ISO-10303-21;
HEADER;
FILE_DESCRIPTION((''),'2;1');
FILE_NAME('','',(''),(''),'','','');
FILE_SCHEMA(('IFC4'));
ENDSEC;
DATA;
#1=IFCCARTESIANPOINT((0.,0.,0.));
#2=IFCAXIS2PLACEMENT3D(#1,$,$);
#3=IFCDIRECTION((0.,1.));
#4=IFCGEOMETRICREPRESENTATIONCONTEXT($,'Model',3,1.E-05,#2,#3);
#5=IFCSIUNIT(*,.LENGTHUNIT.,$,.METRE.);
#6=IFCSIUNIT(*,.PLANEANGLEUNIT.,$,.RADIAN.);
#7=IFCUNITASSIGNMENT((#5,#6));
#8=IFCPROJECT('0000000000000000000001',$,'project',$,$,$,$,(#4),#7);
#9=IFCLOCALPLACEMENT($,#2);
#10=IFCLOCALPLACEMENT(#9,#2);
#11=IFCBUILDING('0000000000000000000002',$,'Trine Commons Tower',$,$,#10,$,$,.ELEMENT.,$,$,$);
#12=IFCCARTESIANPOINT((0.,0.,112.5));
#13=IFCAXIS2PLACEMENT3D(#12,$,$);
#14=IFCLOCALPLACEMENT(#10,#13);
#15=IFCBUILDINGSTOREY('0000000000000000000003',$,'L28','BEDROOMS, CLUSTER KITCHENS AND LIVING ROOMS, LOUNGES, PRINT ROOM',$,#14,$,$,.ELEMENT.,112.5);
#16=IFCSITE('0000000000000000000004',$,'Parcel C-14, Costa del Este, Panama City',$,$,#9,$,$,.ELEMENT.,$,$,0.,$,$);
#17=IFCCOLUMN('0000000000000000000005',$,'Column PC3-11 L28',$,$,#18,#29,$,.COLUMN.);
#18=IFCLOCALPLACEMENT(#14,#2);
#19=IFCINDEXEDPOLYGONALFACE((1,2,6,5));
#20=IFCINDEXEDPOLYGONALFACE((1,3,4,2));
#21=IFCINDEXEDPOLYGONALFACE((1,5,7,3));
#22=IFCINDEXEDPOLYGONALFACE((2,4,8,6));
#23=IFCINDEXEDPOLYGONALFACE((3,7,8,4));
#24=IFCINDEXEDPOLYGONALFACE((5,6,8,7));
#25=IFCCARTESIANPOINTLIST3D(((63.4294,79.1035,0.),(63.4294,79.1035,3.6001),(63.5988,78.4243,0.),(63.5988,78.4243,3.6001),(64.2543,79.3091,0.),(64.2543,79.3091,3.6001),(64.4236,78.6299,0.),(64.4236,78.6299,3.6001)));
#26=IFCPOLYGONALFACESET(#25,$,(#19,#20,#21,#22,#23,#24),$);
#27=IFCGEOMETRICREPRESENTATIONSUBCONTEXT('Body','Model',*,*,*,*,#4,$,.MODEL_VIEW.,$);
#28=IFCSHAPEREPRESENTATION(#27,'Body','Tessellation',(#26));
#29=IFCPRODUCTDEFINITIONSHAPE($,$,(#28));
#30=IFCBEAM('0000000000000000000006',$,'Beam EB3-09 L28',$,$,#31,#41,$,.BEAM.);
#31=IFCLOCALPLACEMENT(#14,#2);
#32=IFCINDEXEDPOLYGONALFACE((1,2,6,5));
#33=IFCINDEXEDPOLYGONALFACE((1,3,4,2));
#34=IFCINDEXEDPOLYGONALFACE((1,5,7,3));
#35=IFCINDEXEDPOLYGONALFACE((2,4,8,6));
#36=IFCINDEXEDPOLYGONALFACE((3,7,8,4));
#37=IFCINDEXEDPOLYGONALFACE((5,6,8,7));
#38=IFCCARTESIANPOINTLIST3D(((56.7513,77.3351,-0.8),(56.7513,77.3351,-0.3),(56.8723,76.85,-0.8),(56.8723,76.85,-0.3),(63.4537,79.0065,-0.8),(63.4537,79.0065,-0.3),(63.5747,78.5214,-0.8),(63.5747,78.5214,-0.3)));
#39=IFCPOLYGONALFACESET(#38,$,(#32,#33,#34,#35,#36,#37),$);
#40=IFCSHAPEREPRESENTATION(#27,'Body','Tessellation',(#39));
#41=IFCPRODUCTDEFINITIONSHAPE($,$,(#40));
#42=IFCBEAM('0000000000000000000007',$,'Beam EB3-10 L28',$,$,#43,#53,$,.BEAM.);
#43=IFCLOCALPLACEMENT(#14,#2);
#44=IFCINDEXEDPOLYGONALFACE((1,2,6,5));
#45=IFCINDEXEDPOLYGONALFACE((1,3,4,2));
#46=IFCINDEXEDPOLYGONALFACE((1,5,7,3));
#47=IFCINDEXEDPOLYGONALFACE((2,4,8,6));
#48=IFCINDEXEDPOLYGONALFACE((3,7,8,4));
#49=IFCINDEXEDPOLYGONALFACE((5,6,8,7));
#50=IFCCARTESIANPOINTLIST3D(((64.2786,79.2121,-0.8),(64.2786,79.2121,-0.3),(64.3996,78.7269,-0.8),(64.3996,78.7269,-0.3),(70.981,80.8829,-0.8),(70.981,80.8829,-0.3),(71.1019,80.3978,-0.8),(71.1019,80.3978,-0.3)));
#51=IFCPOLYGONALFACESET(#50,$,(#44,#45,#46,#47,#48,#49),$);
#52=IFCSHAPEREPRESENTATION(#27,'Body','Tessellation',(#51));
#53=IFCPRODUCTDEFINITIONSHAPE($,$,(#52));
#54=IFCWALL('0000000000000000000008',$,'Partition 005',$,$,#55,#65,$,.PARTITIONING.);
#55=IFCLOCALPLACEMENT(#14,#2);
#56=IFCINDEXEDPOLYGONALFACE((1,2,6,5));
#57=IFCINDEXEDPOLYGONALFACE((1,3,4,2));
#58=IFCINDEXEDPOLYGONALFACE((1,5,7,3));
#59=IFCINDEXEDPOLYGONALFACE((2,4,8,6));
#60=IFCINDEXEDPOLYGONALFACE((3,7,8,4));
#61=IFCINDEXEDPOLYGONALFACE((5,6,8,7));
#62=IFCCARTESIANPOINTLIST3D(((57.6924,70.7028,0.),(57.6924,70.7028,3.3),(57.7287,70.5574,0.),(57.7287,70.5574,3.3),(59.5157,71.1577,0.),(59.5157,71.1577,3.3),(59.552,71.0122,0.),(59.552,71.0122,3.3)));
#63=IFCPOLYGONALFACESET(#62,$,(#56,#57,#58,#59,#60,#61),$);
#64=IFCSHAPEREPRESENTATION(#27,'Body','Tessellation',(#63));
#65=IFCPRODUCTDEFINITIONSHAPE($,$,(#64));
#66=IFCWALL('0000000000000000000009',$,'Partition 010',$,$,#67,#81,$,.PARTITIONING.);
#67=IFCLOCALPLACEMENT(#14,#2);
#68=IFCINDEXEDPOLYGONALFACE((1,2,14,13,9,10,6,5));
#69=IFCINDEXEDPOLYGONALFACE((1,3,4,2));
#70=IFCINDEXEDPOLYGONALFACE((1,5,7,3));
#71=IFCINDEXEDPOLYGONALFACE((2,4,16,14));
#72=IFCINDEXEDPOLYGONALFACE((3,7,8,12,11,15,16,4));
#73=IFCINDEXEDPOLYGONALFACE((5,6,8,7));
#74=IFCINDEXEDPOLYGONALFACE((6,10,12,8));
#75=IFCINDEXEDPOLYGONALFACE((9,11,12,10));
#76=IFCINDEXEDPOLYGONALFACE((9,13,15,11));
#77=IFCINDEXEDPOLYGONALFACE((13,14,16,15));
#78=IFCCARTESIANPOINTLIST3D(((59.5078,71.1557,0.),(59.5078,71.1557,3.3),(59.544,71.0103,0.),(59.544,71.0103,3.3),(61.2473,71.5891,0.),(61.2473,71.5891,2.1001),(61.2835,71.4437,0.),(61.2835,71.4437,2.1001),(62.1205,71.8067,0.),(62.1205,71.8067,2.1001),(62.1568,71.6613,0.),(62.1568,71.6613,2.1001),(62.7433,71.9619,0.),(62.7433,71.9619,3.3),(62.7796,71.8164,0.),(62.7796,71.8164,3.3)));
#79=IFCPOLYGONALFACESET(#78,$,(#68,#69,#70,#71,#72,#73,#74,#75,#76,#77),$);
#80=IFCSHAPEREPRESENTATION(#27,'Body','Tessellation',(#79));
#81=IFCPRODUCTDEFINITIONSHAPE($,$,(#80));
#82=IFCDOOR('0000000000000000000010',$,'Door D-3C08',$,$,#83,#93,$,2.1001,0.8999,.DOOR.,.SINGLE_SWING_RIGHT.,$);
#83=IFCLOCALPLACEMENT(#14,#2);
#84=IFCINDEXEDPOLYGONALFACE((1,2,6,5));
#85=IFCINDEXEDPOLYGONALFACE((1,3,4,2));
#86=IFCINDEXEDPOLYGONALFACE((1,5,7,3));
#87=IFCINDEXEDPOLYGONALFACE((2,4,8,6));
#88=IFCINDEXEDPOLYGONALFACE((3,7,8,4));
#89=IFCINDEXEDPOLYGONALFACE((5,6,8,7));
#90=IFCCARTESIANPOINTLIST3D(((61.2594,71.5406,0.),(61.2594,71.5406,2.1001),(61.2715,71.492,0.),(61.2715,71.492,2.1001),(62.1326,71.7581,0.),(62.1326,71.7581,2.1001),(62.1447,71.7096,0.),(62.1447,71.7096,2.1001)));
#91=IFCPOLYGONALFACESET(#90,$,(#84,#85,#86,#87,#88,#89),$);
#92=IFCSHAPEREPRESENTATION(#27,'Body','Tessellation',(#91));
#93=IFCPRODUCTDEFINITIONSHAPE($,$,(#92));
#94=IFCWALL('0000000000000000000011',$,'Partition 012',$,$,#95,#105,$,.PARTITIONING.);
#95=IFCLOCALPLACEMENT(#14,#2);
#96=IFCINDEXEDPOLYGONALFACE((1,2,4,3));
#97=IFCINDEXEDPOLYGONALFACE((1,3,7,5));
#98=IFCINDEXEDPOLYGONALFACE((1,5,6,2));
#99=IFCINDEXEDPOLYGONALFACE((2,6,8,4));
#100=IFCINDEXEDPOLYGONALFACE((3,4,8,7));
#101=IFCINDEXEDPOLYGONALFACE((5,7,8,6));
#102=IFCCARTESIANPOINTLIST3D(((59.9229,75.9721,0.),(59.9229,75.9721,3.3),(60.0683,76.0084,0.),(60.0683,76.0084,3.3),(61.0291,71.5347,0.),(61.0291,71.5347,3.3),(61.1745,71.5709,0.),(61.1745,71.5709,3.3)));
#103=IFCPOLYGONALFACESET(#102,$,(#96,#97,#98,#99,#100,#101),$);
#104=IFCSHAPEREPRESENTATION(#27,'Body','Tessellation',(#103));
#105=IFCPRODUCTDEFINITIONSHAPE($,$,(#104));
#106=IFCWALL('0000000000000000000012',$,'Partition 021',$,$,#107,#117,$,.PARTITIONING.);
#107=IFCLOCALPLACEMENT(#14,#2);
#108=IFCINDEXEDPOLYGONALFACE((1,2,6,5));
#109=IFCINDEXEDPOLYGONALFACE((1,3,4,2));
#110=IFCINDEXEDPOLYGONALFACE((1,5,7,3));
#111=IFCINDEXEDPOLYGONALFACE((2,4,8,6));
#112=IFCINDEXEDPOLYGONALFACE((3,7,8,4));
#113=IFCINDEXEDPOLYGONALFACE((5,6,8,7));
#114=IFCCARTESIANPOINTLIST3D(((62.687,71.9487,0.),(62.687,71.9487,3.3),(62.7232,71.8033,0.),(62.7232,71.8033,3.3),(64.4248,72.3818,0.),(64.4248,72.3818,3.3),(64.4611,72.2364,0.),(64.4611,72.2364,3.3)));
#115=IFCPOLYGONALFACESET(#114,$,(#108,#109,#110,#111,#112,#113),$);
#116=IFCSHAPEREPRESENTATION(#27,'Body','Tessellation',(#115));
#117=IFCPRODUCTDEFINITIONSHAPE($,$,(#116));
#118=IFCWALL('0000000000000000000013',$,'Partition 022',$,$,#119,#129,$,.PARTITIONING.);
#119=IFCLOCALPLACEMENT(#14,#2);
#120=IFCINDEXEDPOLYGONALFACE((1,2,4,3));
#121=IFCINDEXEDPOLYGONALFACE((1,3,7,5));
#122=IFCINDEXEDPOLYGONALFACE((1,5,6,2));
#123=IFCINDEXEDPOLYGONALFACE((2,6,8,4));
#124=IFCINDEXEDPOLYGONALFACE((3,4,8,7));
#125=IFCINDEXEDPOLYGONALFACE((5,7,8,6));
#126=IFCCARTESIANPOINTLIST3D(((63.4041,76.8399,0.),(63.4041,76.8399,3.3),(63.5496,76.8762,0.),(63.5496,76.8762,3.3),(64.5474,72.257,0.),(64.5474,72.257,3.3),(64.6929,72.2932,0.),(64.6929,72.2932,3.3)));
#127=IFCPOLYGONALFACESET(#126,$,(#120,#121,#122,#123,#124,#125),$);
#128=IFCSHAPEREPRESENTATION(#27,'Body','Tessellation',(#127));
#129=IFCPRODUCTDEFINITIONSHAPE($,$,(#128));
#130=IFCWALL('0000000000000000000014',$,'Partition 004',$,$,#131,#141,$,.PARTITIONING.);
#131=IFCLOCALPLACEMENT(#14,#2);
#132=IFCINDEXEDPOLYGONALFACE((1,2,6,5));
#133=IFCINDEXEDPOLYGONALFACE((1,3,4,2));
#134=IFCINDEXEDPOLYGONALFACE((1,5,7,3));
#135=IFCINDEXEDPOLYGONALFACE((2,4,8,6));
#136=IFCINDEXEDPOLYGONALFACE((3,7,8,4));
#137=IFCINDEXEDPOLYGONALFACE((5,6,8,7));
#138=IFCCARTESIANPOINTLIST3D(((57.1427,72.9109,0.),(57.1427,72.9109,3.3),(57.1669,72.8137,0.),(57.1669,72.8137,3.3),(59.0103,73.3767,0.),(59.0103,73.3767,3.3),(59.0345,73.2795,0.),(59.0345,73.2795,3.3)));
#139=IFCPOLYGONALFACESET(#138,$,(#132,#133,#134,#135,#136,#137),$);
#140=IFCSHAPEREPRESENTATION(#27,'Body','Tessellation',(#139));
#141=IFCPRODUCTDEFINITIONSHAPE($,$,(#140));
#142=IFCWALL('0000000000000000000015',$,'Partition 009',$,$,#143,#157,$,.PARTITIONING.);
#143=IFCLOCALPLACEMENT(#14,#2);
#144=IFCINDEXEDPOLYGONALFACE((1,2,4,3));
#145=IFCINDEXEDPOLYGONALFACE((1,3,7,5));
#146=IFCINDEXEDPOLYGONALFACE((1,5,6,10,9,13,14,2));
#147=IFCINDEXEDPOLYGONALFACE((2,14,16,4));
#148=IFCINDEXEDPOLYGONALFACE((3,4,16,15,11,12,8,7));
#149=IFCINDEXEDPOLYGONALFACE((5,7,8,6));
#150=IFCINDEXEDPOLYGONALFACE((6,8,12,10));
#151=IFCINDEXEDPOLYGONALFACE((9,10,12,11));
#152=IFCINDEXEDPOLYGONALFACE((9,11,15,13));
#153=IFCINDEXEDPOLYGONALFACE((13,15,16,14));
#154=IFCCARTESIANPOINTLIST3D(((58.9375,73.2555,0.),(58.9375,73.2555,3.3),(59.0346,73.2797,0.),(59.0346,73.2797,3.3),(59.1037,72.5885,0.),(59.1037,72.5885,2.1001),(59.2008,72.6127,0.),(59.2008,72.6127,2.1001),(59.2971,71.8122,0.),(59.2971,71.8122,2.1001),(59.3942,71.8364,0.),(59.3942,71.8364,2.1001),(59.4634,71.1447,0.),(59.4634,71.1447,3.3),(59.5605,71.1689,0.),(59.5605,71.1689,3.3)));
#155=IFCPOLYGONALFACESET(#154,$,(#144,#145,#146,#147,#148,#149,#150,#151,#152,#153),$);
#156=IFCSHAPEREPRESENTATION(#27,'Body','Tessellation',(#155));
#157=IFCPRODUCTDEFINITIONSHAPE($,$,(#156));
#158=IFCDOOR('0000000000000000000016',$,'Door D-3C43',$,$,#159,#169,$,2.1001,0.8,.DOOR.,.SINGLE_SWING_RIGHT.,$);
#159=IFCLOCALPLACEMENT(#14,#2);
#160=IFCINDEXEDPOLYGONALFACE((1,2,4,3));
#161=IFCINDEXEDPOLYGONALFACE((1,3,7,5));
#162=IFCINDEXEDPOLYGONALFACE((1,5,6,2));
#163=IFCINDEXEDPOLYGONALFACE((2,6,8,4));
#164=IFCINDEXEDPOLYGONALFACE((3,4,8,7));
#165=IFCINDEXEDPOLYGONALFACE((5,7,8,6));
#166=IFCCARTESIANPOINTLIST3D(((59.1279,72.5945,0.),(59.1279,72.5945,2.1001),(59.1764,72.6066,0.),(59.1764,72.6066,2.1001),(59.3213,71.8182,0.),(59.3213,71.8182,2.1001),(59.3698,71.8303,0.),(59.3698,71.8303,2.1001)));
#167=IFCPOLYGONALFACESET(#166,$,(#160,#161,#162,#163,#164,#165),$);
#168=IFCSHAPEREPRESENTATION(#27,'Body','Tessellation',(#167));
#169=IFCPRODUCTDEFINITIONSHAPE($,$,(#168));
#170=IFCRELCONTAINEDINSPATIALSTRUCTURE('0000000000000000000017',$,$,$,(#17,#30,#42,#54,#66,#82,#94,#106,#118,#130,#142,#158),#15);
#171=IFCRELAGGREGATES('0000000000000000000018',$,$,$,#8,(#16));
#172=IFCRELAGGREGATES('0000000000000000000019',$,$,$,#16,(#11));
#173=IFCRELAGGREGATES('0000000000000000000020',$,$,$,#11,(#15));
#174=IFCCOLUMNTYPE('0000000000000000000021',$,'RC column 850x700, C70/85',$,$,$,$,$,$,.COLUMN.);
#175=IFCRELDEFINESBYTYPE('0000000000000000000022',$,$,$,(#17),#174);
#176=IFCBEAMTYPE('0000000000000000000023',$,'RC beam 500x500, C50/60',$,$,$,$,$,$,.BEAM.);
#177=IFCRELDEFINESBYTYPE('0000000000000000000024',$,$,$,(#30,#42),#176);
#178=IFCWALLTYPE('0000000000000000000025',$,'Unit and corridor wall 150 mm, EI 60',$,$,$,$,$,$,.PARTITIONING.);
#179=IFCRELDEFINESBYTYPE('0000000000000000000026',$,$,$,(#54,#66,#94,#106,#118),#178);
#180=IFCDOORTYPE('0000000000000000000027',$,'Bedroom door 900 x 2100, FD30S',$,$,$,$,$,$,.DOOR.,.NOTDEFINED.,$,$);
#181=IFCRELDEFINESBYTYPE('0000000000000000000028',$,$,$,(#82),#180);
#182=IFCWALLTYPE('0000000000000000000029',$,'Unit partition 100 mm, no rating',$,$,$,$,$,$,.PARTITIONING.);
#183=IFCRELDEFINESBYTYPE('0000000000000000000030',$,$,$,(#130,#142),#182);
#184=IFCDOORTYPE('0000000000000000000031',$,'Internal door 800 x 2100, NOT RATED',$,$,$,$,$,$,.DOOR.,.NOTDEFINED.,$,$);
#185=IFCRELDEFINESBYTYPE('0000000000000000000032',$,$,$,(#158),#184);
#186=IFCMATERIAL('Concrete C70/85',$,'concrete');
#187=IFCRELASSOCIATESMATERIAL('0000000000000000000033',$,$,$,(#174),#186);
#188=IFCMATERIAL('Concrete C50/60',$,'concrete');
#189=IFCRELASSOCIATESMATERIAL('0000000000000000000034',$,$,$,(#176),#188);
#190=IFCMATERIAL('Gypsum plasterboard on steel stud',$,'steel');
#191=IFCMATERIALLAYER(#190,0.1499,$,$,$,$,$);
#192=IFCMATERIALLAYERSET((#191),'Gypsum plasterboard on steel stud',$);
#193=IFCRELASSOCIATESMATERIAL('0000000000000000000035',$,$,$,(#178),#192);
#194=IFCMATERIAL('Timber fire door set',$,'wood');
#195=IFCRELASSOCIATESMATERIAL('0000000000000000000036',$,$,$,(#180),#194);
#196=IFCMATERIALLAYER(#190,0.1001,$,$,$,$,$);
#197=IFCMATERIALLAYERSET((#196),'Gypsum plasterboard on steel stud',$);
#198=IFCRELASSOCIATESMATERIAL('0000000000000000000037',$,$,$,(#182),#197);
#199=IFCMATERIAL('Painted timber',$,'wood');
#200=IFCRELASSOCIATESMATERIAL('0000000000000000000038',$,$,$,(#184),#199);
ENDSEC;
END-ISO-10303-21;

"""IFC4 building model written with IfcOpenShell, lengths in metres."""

from ifc_helpers import new_model, si_unit, direction, frame, frame_2d, origin, origin_2d, place, context, subcontext, project, spatial, rectangle, extrude, material, layer, layer_set, material_profile, profile_set, type_object, element, fill, save


model = new_model("IFC4")

# Units and contexts
model_context = context("Model", 3, precision=1e-05, world=origin(), true_north=direction((0.0, 1.0)))
body_context = subcontext(model_context, "Body", "Model", "MODEL_VIEW")
ifc_project = project(units=[si_unit("LENGTHUNIT", "METRE"), si_unit("PLANEANGLEUNIT", "RADIAN")], contexts=[model_context])

# Site, building, storey
site_placement = place(None, origin())
site = spatial("IfcSite", under=ifc_project, at=site_placement, Name="Parcel C-14, Costa del Este, Panama City", CompositionType="ELEMENT", RefElevation=0.0)
building_placement = place(site_placement, origin())
building = spatial("IfcBuilding", under=site, at=building_placement, Name="Trine Commons Tower", CompositionType="ELEMENT")
storey_placement = place(building_placement, frame((0.0, 0.0, 112.5)))
storey = spatial("IfcBuildingStorey", under=building, at=storey_placement, Name="L28", Description="BEDROOMS, CLUSTER KITCHENS AND LIVING ROOMS, LOUNGES, PRINT ROOM", CompositionType="ELEMENT", Elevation=112.5)

# Column
ifc_material_1 = material(Name="Concrete C70/85", Category="concrete")
ifc_material_profile_1 = material_profile(ifc_material_1, rectangle(XDim=0.8501, YDim=0.7, at=origin_2d()), Name="RC 850x700")
ifc_profile_set_1 = profile_set([ifc_material_profile_1], Name="Concrete C70/85")
column_type = type_object("IfcColumnType", Name="RC column 850x700, C70/85", PredefinedType="COLUMN", material=ifc_profile_set_1)
column_placement = place(storey_placement, frame((63.9265, 78.8667, 0.0), z_axis=(0.0, 0.0, 1.0), x_axis=(0.970296, 0.241922, 0.0)))
element("IfcColumn", 1, at=column_placement, inside=storey, type_object=column_type, Name="Column PC3-11 L28", PredefinedType="COLUMN", context=body_context, shape_type="SweptSolid", body=[
    extrude(rectangle(XDim=0.8501, YDim=0.7, at=origin_2d()), origin(), (0.0, 0.0, 1.0), 3.6001),
])

# Beams
ifc_material_2 = material(Name="Concrete C50/60", Category="concrete")
ifc_material_profile_2 = material_profile(ifc_material_2, rectangle(XDim=0.5, YDim=0.5, at=origin_2d()), Name="RC 500x500")
ifc_profile_set_2 = profile_set([ifc_material_profile_2], Name="Concrete C50/60")
beam_type = type_object("IfcBeamType", Name="RC beam 500x500, C50/60", PredefinedType="BEAM", material=ifc_profile_set_2)
beam_1_placement = place(storey_placement, frame((56.8118, 77.0925, -0.55), z_axis=(0.970286, 0.241962, 0.0), x_axis=(-0.241962, 0.970286, 0.0)))
element("IfcBeam", 2, at=beam_1_placement, inside=storey, type_object=beam_type, Name="Beam EB3-09 L28", PredefinedType="BEAM", context=body_context, shape_type="SweptSolid", body=[
    extrude(rectangle(XDim=0.5, YDim=0.5, at=origin_2d()), origin(), (0.0, 0.0, 1.0), 6.9077),
])
beam_2_placement = place(storey_placement, frame((64.3391, 78.9695, -0.55), z_axis=(0.970302, 0.241895, 0.0), x_axis=(-0.241895, 0.970302, 0.0)))
element("IfcBeam", 3, at=beam_2_placement, inside=storey, type_object=beam_type, Name="Beam EB3-10 L28", PredefinedType="BEAM", context=body_context, shape_type="SweptSolid", body=[
    extrude(rectangle(XDim=0.5, YDim=0.5, at=origin_2d()), origin(), (0.0, 0.0, 1.0), 6.9075),
])

# Wall
ifc_material_3 = material(Name="Gypsum plasterboard on steel stud", Category="steel")
ifc_layer_1 = layer(ifc_material_3, 0.1499)
ifc_layer_set_1 = layer_set([ifc_layer_1], Name="Gypsum plasterboard on steel stud")
wall_type_1 = type_object("IfcWallType", Name="Unit and corridor wall 150 mm, EI 60", PredefinedType="PARTITIONING", material=ifc_layer_set_1)
wall_1_placement = place(storey_placement, frame((57.7107, 70.6301, 0.0), z_axis=(0.0, 0.0, 1.0), x_axis=(0.970265, 0.242046, 0.0)))
element("IfcWall", 4, at=wall_1_placement, inside=storey, type_object=wall_type_1, Name="Partition 005", PredefinedType="PARTITIONING", context=body_context, shape_type="SweptSolid", body=[
    extrude(rectangle(XDim=1.8792, YDim=0.1499, at=frame_2d((0.9395, 0.0))), origin(), (0.0, 0.0, 1.0), 3.3),
])

# Wall, opening, door
wall_2_placement = place(storey_placement, frame((59.5259, 71.083, 0.0), z_axis=(0.0, 0.0, 1.0), x_axis=(0.970336, 0.24176, 0.0)))
wall_2 = element("IfcWall", 5, at=wall_2_placement, inside=storey, type_object=wall_type_1, Name="Partition 010", PredefinedType="PARTITIONING", context=body_context, shape_type="SweptSolid", body=[
    extrude(rectangle(XDim=3.3345, YDim=0.1499, at=frame_2d((1.6672, 0.0))), origin(), (0.0, 0.0, 1.0), 3.3),
])
opening_1_placement = place(wall_2_placement, frame((1.7927, 0.0, 0.0)))
opening_1 = element("IfcOpeningElement", 6, at=opening_1_placement, cuts=wall_2, PredefinedType="OPENING", context=body_context, shape_type="SweptSolid", body=[
    extrude(rectangle(XDim=0.8999, YDim=2.1001, at=frame_2d((0.45, 1.05))), frame((0.0, 0.085, 0.0), z_axis=(0.0, -1.0, 0.0), x_axis=(1.0, 0.0, 0.0)), (0.0, 0.0, 1.0), 0.1699),
])
ifc_material_4 = material(Name="Timber fire door set", Category="wood")
door_type_1 = type_object("IfcDoorType", Name="Bedroom door 900 x 2100, FD30S", OperationType="NOTDEFINED", PredefinedType="DOOR", material=ifc_material_4)
door_1_placement = place(opening_1_placement, origin())
door_1 = element("IfcDoor", 7, at=door_1_placement, inside=storey, type_object=door_type_1, Name="Door D-3C08", OperationType="SINGLE_SWING_RIGHT", OverallHeight=2.1001, OverallWidth=0.8999, PredefinedType="DOOR", context=body_context, shape_type="SweptSolid", body=[
    extrude(rectangle(XDim=0.8999, YDim=2.1001, at=frame_2d((0.45, 1.05))), frame((0.0, 0.0249, 0.0), z_axis=(0.0, -1.0, 0.0), x_axis=(1.0, 0.0, 0.0)), (0.0, 0.0, 1.0), 0.05),
])
fill(opening_1, door_1)

# Walls
wall_3_placement = place(storey_placement, frame((59.9956, 75.9902, 0.0), z_axis=(0.0, 0.0, 1.0), x_axis=(0.241882, -0.970306, 0.0)))
element("IfcWall", 8, at=wall_3_placement, inside=storey, type_object=wall_type_1, Name="Partition 012", PredefinedType="PARTITIONING", context=body_context, shape_type="SweptSolid", body=[
    extrude(rectangle(XDim=4.5732, YDim=0.1499, at=frame_2d((2.2866, 0.0))), origin(), (0.0, 0.0, 1.0), 3.3),
])
wall_4_placement = place(storey_placement, frame((62.7051, 71.876, 0.0), z_axis=(0.0, 0.0, 1.0), x_axis=(0.970319, 0.24183, 0.0)))
element("IfcWall", 9, at=wall_4_placement, inside=storey, type_object=wall_type_1, Name="Partition 021", PredefinedType="PARTITIONING", context=body_context, shape_type="SweptSolid", body=[
    extrude(rectangle(XDim=1.791, YDim=0.1499, at=frame_2d((0.8955, 0.0))), origin(), (0.0, 0.0, 1.0), 3.3),
])
wall_5_placement = place(storey_placement, frame((63.4768, 76.8582, 0.0), z_axis=(0.0, 0.0, 1.0), x_axis=(0.242049, -0.970264, 0.0)))
element("IfcWall", 10, at=wall_5_placement, inside=storey, type_object=wall_type_1, Name="Partition 022", PredefinedType="PARTITIONING", context=body_context, shape_type="SweptSolid", body=[
    extrude(rectangle(XDim=4.7234, YDim=0.1499, at=frame_2d((2.3618, 0.0))), origin(), (0.0, 0.0, 1.0), 3.3),
])
ifc_layer_2 = layer(ifc_material_3, 0.1001)
ifc_layer_set_2 = layer_set([ifc_layer_2], Name="Gypsum plasterboard on steel stud")
wall_type_2 = type_object("IfcWallType", Name="Unit partition 100 mm, no rating", PredefinedType="PARTITIONING", material=ifc_layer_set_2)
wall_6_placement = place(storey_placement, frame((57.1548, 72.8623, 0.0), z_axis=(0.0, 0.0, 1.0), x_axis=(0.970277, 0.241998, 0.0)))
element("IfcWall", 11, at=wall_6_placement, inside=storey, type_object=wall_type_2, Name="Partition 004", PredefinedType="PARTITIONING", context=body_context, shape_type="SweptSolid", body=[
    extrude(rectangle(XDim=1.9248, YDim=0.1001, at=frame_2d((0.9624, 0.0))), origin(), (0.0, 0.0, 1.0), 3.3),
])

# Wall, opening, door
wall_7_placement = place(storey_placement, frame((58.9861, 73.2676, 0.0), z_axis=(0.0, 0.0, 1.0), x_axis=(0.241743, -0.97034, 0.0)))
wall_7 = element("IfcWall", 12, at=wall_7_placement, inside=storey, type_object=wall_type_2, Name="Partition 009", PredefinedType="PARTITIONING", context=body_context, shape_type="SweptSolid", body=[
    extrude(rectangle(XDim=2.1753, YDim=0.1001, at=frame_2d((1.0876, 0.0))), origin(), (0.0, 0.0, 1.0), 3.3),
])
opening_2_placement = place(wall_7_placement, frame((0.6875, 0.0, 0.0)))
opening_2 = element("IfcOpeningElement", 13, at=opening_2_placement, cuts=wall_7, PredefinedType="OPENING", context=body_context, shape_type="SweptSolid", body=[
    extrude(rectangle(XDim=0.8, YDim=2.1001, at=frame_2d((0.3999, 1.05))), frame((0.0, 0.0601, 0.0), z_axis=(0.0, -1.0, 0.0), x_axis=(1.0, 0.0, 0.0)), (0.0, 0.0, 1.0), 0.1201),
])
ifc_material_5 = material(Name="Painted timber", Category="wood")
door_type_2 = type_object("IfcDoorType", Name="Internal door 800 x 2100, NOT RATED", OperationType="NOTDEFINED", PredefinedType="DOOR", material=ifc_material_5)
door_2_placement = place(opening_2_placement, origin())
door_2 = element("IfcDoor", 14, at=door_2_placement, inside=storey, type_object=door_type_2, Name="Door D-3C43", OperationType="SINGLE_SWING_RIGHT", OverallHeight=2.1001, OverallWidth=0.8, PredefinedType="DOOR", context=body_context, shape_type="SweptSolid", body=[
    extrude(rectangle(XDim=0.8, YDim=2.1001, at=frame_2d((0.3999, 1.05))), frame((0.0, 0.0249, 0.0), z_axis=(0.0, -1.0, 0.0), x_axis=(1.0, 0.0, 0.0)), (0.0, 0.0, 1.0), 0.05),
])
fill(opening_2, door_2)

save(model, "model.ifc")
